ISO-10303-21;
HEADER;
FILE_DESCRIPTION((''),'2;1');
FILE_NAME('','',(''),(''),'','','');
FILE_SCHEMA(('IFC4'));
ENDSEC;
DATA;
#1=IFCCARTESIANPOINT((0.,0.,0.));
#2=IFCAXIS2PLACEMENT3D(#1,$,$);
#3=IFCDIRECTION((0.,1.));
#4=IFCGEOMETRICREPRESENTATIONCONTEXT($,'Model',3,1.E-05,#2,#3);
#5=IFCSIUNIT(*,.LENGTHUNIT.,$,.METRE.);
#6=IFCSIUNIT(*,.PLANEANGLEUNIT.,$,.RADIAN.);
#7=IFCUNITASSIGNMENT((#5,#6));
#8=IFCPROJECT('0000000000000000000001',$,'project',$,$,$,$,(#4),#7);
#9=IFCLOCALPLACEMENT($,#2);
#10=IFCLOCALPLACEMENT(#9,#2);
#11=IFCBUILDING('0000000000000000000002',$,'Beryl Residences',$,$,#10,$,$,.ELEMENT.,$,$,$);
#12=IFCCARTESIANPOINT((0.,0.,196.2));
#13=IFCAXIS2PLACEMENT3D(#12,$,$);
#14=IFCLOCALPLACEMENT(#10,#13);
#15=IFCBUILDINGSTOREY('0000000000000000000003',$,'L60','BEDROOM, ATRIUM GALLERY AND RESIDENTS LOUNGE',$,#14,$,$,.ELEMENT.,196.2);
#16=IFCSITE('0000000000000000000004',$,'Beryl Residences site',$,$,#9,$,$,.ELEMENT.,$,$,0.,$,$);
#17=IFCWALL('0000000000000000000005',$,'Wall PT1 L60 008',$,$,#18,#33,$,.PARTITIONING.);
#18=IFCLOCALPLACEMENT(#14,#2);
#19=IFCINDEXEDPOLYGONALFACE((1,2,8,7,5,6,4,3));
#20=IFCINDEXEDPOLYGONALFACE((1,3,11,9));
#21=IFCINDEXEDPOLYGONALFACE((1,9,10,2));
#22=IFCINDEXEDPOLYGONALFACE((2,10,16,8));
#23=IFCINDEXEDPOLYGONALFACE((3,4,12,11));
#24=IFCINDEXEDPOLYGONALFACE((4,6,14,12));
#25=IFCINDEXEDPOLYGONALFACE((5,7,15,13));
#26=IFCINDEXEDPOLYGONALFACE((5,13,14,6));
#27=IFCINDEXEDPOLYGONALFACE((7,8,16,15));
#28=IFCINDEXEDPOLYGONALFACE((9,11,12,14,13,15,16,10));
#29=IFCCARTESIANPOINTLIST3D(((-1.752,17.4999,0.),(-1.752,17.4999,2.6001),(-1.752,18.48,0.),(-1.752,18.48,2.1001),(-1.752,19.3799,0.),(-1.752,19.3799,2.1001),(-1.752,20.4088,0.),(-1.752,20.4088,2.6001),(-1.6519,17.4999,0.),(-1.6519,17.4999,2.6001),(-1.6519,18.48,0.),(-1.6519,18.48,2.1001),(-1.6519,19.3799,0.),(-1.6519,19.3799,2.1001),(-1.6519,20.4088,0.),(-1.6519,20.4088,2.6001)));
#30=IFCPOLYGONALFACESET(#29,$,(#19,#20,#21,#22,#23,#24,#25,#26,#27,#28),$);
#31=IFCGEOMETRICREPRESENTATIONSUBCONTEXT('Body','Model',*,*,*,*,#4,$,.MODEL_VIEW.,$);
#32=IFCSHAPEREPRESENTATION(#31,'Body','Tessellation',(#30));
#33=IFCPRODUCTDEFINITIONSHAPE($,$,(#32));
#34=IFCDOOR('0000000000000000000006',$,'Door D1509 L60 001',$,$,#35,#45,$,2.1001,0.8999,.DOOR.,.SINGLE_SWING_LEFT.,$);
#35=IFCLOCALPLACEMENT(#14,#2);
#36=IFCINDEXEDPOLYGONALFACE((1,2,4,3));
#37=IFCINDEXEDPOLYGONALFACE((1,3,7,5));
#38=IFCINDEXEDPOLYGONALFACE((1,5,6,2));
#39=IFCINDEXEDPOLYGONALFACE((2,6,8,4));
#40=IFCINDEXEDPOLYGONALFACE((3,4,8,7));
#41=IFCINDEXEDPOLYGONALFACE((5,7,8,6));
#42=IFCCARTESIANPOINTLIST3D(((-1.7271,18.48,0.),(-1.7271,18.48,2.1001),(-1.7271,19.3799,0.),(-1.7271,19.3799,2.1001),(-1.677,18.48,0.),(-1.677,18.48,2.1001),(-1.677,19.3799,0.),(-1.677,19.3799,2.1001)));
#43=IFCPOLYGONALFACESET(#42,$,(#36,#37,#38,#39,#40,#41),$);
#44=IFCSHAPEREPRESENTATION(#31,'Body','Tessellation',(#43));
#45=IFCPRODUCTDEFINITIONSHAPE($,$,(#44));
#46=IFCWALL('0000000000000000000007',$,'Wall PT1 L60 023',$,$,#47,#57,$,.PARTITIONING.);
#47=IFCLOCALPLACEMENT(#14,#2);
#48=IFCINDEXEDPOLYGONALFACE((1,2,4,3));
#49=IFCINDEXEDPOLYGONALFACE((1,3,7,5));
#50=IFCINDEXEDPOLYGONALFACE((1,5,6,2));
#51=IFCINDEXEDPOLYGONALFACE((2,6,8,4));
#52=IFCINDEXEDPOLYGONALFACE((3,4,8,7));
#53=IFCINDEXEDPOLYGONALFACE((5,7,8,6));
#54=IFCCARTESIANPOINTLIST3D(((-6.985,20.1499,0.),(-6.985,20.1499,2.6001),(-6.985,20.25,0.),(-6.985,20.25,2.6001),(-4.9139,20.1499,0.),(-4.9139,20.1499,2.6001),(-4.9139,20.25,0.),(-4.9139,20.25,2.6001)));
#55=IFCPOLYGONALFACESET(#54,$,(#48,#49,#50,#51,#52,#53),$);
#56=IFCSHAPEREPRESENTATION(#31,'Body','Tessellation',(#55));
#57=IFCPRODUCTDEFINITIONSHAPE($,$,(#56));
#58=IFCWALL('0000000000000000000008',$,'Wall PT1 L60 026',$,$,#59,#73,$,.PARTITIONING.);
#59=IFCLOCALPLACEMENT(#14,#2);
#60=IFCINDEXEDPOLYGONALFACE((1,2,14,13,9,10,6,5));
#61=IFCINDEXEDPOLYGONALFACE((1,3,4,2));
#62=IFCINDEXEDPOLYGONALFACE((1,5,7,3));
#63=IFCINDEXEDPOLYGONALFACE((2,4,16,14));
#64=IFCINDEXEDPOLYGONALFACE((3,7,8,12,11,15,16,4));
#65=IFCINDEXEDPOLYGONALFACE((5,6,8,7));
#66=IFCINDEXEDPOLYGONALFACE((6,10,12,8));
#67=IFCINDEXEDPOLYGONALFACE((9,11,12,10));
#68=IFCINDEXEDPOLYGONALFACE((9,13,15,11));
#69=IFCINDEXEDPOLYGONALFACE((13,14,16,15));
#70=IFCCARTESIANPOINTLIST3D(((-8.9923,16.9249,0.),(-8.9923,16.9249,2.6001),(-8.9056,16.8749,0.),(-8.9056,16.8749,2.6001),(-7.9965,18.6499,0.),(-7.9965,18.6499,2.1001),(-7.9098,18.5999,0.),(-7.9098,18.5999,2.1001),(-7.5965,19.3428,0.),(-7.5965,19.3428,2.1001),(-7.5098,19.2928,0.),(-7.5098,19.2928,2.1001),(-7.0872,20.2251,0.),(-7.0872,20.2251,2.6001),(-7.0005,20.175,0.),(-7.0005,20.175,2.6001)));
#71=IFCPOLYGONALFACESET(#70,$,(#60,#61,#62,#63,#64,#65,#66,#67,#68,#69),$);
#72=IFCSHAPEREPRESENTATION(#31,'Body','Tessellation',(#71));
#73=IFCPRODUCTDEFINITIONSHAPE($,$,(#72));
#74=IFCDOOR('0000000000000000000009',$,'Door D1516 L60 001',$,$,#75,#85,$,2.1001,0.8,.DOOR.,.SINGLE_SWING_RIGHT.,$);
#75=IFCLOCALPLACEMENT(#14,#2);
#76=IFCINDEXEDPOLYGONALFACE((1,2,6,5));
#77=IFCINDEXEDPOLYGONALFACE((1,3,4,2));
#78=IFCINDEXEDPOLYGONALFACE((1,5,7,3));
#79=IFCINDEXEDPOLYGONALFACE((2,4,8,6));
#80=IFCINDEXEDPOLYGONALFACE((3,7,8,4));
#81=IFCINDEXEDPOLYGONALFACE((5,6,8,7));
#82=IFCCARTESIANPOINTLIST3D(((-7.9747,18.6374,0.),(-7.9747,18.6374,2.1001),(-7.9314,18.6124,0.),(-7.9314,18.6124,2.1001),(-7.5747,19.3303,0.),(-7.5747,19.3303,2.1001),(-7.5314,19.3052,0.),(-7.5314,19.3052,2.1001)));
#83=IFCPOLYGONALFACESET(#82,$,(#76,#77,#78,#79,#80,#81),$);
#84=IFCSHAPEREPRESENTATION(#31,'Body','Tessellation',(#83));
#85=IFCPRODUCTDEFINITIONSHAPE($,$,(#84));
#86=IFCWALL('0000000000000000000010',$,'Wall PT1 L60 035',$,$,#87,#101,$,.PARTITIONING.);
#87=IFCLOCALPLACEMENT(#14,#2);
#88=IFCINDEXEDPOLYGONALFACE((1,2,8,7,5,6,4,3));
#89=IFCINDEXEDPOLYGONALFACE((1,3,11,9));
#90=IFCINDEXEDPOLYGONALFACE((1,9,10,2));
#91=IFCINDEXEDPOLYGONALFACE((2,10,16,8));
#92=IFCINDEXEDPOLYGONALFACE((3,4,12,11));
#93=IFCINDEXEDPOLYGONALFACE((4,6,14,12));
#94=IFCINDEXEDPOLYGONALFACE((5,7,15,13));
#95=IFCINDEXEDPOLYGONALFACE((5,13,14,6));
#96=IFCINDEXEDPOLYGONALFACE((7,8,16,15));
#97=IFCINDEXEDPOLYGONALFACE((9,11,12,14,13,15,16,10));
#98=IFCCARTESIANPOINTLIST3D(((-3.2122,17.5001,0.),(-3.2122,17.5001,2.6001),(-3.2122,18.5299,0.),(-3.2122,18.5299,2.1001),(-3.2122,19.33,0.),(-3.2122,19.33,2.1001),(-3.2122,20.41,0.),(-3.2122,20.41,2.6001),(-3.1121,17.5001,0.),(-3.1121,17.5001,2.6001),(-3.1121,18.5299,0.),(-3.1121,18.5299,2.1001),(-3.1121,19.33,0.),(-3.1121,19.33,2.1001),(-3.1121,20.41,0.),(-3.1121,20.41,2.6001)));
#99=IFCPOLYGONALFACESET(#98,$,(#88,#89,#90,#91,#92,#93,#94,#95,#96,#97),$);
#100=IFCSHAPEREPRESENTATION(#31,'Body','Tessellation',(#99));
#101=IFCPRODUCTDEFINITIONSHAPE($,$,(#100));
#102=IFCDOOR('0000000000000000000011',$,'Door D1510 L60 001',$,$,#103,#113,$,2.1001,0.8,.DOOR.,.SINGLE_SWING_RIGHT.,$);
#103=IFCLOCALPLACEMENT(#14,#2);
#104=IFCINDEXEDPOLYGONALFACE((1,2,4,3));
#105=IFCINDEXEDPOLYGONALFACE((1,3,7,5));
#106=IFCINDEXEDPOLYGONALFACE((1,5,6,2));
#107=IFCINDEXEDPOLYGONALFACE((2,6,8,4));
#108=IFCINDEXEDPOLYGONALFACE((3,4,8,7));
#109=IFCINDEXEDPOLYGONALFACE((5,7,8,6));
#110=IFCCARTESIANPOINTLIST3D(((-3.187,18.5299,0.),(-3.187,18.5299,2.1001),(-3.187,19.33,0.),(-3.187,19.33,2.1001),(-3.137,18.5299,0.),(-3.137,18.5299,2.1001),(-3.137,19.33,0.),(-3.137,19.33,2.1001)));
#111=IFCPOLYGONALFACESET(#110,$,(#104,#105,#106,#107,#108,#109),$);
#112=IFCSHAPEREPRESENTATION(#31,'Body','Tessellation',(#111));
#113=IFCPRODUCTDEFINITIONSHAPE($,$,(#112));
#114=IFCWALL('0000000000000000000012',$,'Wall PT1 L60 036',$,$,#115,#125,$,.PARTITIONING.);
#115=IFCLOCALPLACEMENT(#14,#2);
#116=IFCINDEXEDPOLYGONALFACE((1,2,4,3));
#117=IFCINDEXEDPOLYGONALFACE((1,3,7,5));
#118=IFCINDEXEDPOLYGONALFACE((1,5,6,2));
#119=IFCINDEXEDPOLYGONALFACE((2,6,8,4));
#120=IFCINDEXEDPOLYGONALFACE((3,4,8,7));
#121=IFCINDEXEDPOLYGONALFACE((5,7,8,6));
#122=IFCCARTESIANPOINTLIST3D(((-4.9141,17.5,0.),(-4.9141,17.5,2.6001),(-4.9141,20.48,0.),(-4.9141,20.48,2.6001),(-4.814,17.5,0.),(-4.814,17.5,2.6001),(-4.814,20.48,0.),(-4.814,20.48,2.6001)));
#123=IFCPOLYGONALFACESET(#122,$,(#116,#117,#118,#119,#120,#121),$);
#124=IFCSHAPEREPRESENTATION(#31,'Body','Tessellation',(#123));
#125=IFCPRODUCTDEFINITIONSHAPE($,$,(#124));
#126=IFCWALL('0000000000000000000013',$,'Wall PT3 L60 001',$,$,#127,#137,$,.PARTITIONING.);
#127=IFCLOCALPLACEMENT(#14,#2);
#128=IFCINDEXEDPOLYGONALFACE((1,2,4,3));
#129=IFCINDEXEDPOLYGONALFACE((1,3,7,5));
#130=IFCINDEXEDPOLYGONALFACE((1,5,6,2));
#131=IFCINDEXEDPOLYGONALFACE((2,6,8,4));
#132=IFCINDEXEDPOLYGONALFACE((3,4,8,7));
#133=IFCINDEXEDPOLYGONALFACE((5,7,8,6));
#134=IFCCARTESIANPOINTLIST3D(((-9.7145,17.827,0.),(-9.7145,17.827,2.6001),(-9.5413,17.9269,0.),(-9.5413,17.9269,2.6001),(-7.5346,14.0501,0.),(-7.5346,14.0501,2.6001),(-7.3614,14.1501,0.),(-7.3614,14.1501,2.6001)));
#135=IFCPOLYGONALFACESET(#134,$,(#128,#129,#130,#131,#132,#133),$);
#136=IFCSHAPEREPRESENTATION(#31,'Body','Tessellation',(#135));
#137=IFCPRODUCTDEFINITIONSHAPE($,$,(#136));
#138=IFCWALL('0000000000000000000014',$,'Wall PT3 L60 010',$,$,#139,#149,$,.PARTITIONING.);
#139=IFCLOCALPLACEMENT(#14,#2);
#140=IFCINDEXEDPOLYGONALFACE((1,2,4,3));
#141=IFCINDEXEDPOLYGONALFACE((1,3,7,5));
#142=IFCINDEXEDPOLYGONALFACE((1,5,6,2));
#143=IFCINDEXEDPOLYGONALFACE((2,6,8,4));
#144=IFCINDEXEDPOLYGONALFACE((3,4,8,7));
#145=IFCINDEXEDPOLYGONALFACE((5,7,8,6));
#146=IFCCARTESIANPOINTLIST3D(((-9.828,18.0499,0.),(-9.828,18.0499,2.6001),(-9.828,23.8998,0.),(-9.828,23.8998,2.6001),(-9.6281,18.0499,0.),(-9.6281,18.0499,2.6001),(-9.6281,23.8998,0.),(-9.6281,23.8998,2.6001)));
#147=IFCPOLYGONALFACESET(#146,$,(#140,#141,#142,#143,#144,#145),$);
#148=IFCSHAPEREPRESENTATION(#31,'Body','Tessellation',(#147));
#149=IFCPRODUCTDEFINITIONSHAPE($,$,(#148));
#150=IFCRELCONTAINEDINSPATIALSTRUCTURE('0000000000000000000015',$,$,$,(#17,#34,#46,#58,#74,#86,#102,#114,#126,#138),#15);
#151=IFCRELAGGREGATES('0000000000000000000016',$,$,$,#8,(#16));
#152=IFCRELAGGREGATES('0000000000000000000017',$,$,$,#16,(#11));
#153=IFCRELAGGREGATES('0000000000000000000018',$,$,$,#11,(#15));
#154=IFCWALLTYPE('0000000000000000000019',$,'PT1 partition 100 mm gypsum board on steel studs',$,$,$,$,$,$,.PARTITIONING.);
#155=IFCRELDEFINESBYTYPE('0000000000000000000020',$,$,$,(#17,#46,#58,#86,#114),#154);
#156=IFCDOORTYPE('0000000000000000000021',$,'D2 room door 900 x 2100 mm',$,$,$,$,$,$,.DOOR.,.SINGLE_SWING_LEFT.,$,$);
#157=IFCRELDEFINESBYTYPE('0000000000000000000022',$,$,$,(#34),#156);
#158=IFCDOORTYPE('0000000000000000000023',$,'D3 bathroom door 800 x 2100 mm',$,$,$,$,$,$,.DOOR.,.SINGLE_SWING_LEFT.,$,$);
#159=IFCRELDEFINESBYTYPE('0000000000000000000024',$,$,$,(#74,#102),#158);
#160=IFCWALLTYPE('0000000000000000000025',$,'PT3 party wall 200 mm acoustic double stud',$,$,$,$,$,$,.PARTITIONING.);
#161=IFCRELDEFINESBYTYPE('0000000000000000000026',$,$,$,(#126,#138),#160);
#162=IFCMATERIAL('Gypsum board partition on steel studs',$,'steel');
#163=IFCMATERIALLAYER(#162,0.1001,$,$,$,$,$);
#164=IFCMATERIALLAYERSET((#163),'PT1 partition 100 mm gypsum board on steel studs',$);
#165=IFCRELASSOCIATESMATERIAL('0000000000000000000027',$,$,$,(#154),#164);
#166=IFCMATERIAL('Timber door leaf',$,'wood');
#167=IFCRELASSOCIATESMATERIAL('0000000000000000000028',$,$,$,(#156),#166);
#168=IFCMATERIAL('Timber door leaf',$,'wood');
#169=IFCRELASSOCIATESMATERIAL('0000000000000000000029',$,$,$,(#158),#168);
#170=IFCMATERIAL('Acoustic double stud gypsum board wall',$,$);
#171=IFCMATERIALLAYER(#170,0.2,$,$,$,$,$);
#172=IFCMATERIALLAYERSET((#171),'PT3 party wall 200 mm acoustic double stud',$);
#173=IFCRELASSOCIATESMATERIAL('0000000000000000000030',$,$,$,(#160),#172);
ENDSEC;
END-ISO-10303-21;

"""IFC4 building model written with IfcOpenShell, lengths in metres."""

from ifc_helpers import new_model, si_unit, direction, frame, frame_2d, origin, place, context, subcontext, project, spatial, rectangle, extrude, material, layer, layer_set, type_object, element, fill, save


model = new_model("IFC4")

# Units and contexts
model_context = context("Model", 3, precision=1e-05, world=origin(), true_north=direction((0.0, 1.0)))
body_context = subcontext(model_context, "Body", "Model", "MODEL_VIEW")
ifc_project = project(units=[si_unit("LENGTHUNIT", "METRE"), si_unit("PLANEANGLEUNIT", "RADIAN")], contexts=[model_context])

# Site, building, storey
site_placement = place(None, origin())
site = spatial("IfcSite", under=ifc_project, at=site_placement, Name="Beryl Residences site", CompositionType="ELEMENT", RefElevation=0.0)
building_placement = place(site_placement, origin())
building = spatial("IfcBuilding", under=site, at=building_placement, Name="Beryl Residences", CompositionType="ELEMENT")
storey_placement = place(building_placement, frame((0.0, 0.0, 196.2)))
storey = spatial("IfcBuildingStorey", under=building, at=storey_placement, Name="L60", Description="BEDROOM, ATRIUM GALLERY AND RESIDENTS LOUNGE", CompositionType="ELEMENT", Elevation=196.2)

# Wall, opening, door
ifc_material_1 = material(Name="Gypsum board partition on steel studs", Category="steel")
ifc_layer_1 = layer(ifc_material_1, 0.1001)
ifc_layer_set_1 = layer_set([ifc_layer_1], Name="PT1 partition 100 mm gypsum board on steel studs")
wall_type_1 = type_object("IfcWallType", Name="PT1 partition 100 mm gypsum board on steel studs", PredefinedType="PARTITIONING", material=ifc_layer_set_1)
ifc_material_2 = material(Name="Timber door leaf", Category="wood")
door_type_1 = type_object("IfcDoorType", Name="D2 room door 900 x 2100 mm", OperationType="SINGLE_SWING_LEFT", PredefinedType="DOOR", material=ifc_material_2)
wall_1_placement = place(storey_placement, frame((-1.7019, 20.4089, 0.0), z_axis=(0.0, 0.0, 1.0), x_axis=(0.0, -1.0, 0.0)))
wall_1 = element("IfcWall", 1, at=wall_1_placement, inside=storey, type_object=wall_type_1, Name="Wall PT1 L60 008", PredefinedType="PARTITIONING", context=body_context, shape_type="SweptSolid", body=[
    extrude(rectangle(XDim=2.9089, YDim=0.1001, at=frame_2d((1.4546, 0.0))), origin(), (0.0, 0.0, 1.0), 2.6001),
])
opening_1_placement = place(wall_1_placement, frame((1.0291, 0.0, 0.0)))
opening_1 = element("IfcOpeningElement", 2, at=opening_1_placement, cuts=wall_1, PredefinedType="OPENING", context=body_context, shape_type="SweptSolid", body=[
    extrude(rectangle(XDim=0.8999, YDim=2.1001, at=frame_2d((0.45, 1.05))), frame((0.0, 0.0601, 0.0), z_axis=(0.0, -1.0, 0.0), x_axis=(1.0, 0.0, 0.0)), (0.0, 0.0, 1.0), 0.1201),
])
door_1_placement = place(opening_1_placement, origin())
door_1 = element("IfcDoor", 3, at=door_1_placement, inside=storey, type_object=door_type_1, Name="Door D1509 L60 001", OperationType="SINGLE_SWING_LEFT", OverallHeight=2.1001, OverallWidth=0.8999, PredefinedType="DOOR", context=body_context, shape_type="SweptSolid", body=[
    extrude(rectangle(XDim=0.8999, YDim=2.1001, at=frame_2d((0.45, 1.05))), frame((0.0, 0.0249, 0.0), z_axis=(0.0, -1.0, 0.0), x_axis=(1.0, 0.0, 0.0)), (0.0, 0.0, 1.0), 0.05),
])
fill(opening_1, door_1)

# Wall
wall_2_placement = place(storey_placement, frame((-6.9851, 20.2, 0.0), z_axis=(0.0, 0.0, 1.0), x_axis=(1.0, 0.0, 0.0)))
element("IfcWall", 4, at=wall_2_placement, inside=storey, type_object=wall_type_1, Name="Wall PT1 L60 023", PredefinedType="PARTITIONING", context=body_context, shape_type="SweptSolid", body=[
    extrude(rectangle(XDim=2.071, YDim=0.1001, at=frame_2d((1.0356, 0.0))), origin(), (0.0, 0.0, 1.0), 2.6001),
])

# Walls, openings, doors
wall_3_placement = place(storey_placement, frame((-8.949, 16.8999, 0.0), z_axis=(0.0, 0.0, 1.0), x_axis=(0.49995, 0.866054, 0.0)))
wall_3 = element("IfcWall", 5, at=wall_3_placement, inside=storey, type_object=wall_type_1, Name="Wall PT1 L60 026", PredefinedType="PARTITIONING", context=body_context, shape_type="SweptSolid", body=[
    extrude(rectangle(XDim=3.8105, YDim=0.1001, at=frame_2d((1.9053, 0.0))), origin(), (0.0, 0.0, 1.0), 2.6001),
])
opening_2_placement = place(wall_3_placement, frame((1.9919, 0.0, 0.0)))
opening_2 = element("IfcOpeningElement", 6, at=opening_2_placement, cuts=wall_3, PredefinedType="OPENING", context=body_context, shape_type="SweptSolid", body=[
    extrude(rectangle(XDim=0.8, YDim=2.1001, at=frame_2d((0.3999, 1.05))), frame((0.0, 0.0601, 0.0), z_axis=(0.0, -1.0, 0.0), x_axis=(1.0, 0.0, 0.0)), (0.0, 0.0, 1.0), 0.1201),
])
ifc_material_3 = material(Name="Timber door leaf", Category="wood")
door_type_2 = type_object("IfcDoorType", Name="D3 bathroom door 800 x 2100 mm", OperationType="SINGLE_SWING_LEFT", PredefinedType="DOOR", material=ifc_material_3)
door_2_placement = place(opening_2_placement, origin())
door_2 = element("IfcDoor", 7, at=door_2_placement, inside=storey, type_object=door_type_2, Name="Door D1516 L60 001", OperationType="SINGLE_SWING_RIGHT", OverallHeight=2.1001, OverallWidth=0.8, PredefinedType="DOOR", context=body_context, shape_type="SweptSolid", body=[
    extrude(rectangle(XDim=0.8, YDim=2.1001, at=frame_2d((0.3999, 1.05))), frame((0.0, 0.0249, 0.0), z_axis=(0.0, -1.0, 0.0), x_axis=(1.0, 0.0, 0.0)), (0.0, 0.0, 1.0), 0.05),
])
fill(opening_2, door_2)
wall_4_placement = place(storey_placement, frame((-3.1621, 17.5, 0.0), z_axis=(0.0, 0.0, 1.0), x_axis=(0.0, 1.0, 0.0)))
wall_4 = element("IfcWall", 8, at=wall_4_placement, inside=storey, type_object=wall_type_1, Name="Wall PT1 L60 035", PredefinedType="PARTITIONING", context=body_context, shape_type="SweptSolid", body=[
    extrude(rectangle(XDim=2.9099, YDim=0.1001, at=frame_2d((1.4551, 0.0))), origin(), (0.0, 0.0, 1.0), 2.6001),
])
opening_3_placement = place(wall_4_placement, frame((1.03, 0.0, 0.0)))
opening_3 = element("IfcOpeningElement", 9, at=opening_3_placement, cuts=wall_4, PredefinedType="OPENING", context=body_context, shape_type="SweptSolid", body=[
    extrude(rectangle(XDim=0.8, YDim=2.1001, at=frame_2d((0.3999, 1.05))), frame((0.0, 0.0601, 0.0), z_axis=(0.0, -1.0, 0.0), x_axis=(1.0, 0.0, 0.0)), (0.0, 0.0, 1.0), 0.1201),
])
door_3_placement = place(opening_3_placement, origin())
door_3 = element("IfcDoor", 10, at=door_3_placement, inside=storey, type_object=door_type_2, Name="Door D1510 L60 001", OperationType="SINGLE_SWING_RIGHT", OverallHeight=2.1001, OverallWidth=0.8, PredefinedType="DOOR", context=body_context, shape_type="SweptSolid", body=[
    extrude(rectangle(XDim=0.8, YDim=2.1001, at=frame_2d((0.3999, 1.05))), frame((0.0, 0.0249, 0.0), z_axis=(0.0, -1.0, 0.0), x_axis=(1.0, 0.0, 0.0)), (0.0, 0.0, 1.0), 0.05),
])
fill(opening_3, door_3)

# Walls
wall_5_placement = place(storey_placement, frame((-4.864, 17.5, 0.0), z_axis=(0.0, 0.0, 1.0), x_axis=(0.0, 1.0, 0.0)))
element("IfcWall", 11, at=wall_5_placement, inside=storey, type_object=wall_type_1, Name="Wall PT1 L60 036", PredefinedType="PARTITIONING", context=body_context, shape_type="SweptSolid", body=[
    extrude(rectangle(XDim=2.98, YDim=0.1001, at=frame_2d((1.49, 0.0))), origin(), (0.0, 0.0, 1.0), 2.6001),
])
ifc_material_4 = material(Name="Acoustic double stud gypsum board wall")
ifc_layer_2 = layer(ifc_material_4, 0.2)
ifc_layer_set_2 = layer_set([ifc_layer_2], Name="PT3 party wall 200 mm acoustic double stud")
wall_type_2 = type_object("IfcWallType", Name="PT3 party wall 200 mm acoustic double stud", PredefinedType="PARTITIONING", material=ifc_layer_set_2)
wall_6_placement = place(storey_placement, frame((-9.6279, 17.877, 0.0), z_axis=(0.0, 0.0, 1.0), x_axis=(0.49989, -0.866089, 0.0)))
element("IfcWall", 12, at=wall_6_placement, inside=storey, type_object=wall_type_2, Name="Wall PT3 L60 001", PredefinedType="PARTITIONING", context=body_context, shape_type="SweptSolid", body=[
    extrude(rectangle(XDim=4.3608, YDim=0.2, at=frame_2d((2.1804, 0.0))), origin(), (0.0, 0.0, 1.0), 2.6001),
])
wall_7_placement = place(storey_placement, frame((-9.728, 18.05, 0.0), z_axis=(0.0, 0.0, 1.0), x_axis=(0.0, 1.0, 0.0)))
element("IfcWall", 13, at=wall_7_placement, inside=storey, type_object=wall_type_2, Name="Wall PT3 L60 010", PredefinedType="PARTITIONING", context=body_context, shape_type="SweptSolid", body=[
    extrude(rectangle(XDim=5.8499, YDim=0.2, at=frame_2d((2.9248, 0.0))), origin(), (0.0, 0.0, 1.0), 2.6001),
])

save(model, "model.ifc")
